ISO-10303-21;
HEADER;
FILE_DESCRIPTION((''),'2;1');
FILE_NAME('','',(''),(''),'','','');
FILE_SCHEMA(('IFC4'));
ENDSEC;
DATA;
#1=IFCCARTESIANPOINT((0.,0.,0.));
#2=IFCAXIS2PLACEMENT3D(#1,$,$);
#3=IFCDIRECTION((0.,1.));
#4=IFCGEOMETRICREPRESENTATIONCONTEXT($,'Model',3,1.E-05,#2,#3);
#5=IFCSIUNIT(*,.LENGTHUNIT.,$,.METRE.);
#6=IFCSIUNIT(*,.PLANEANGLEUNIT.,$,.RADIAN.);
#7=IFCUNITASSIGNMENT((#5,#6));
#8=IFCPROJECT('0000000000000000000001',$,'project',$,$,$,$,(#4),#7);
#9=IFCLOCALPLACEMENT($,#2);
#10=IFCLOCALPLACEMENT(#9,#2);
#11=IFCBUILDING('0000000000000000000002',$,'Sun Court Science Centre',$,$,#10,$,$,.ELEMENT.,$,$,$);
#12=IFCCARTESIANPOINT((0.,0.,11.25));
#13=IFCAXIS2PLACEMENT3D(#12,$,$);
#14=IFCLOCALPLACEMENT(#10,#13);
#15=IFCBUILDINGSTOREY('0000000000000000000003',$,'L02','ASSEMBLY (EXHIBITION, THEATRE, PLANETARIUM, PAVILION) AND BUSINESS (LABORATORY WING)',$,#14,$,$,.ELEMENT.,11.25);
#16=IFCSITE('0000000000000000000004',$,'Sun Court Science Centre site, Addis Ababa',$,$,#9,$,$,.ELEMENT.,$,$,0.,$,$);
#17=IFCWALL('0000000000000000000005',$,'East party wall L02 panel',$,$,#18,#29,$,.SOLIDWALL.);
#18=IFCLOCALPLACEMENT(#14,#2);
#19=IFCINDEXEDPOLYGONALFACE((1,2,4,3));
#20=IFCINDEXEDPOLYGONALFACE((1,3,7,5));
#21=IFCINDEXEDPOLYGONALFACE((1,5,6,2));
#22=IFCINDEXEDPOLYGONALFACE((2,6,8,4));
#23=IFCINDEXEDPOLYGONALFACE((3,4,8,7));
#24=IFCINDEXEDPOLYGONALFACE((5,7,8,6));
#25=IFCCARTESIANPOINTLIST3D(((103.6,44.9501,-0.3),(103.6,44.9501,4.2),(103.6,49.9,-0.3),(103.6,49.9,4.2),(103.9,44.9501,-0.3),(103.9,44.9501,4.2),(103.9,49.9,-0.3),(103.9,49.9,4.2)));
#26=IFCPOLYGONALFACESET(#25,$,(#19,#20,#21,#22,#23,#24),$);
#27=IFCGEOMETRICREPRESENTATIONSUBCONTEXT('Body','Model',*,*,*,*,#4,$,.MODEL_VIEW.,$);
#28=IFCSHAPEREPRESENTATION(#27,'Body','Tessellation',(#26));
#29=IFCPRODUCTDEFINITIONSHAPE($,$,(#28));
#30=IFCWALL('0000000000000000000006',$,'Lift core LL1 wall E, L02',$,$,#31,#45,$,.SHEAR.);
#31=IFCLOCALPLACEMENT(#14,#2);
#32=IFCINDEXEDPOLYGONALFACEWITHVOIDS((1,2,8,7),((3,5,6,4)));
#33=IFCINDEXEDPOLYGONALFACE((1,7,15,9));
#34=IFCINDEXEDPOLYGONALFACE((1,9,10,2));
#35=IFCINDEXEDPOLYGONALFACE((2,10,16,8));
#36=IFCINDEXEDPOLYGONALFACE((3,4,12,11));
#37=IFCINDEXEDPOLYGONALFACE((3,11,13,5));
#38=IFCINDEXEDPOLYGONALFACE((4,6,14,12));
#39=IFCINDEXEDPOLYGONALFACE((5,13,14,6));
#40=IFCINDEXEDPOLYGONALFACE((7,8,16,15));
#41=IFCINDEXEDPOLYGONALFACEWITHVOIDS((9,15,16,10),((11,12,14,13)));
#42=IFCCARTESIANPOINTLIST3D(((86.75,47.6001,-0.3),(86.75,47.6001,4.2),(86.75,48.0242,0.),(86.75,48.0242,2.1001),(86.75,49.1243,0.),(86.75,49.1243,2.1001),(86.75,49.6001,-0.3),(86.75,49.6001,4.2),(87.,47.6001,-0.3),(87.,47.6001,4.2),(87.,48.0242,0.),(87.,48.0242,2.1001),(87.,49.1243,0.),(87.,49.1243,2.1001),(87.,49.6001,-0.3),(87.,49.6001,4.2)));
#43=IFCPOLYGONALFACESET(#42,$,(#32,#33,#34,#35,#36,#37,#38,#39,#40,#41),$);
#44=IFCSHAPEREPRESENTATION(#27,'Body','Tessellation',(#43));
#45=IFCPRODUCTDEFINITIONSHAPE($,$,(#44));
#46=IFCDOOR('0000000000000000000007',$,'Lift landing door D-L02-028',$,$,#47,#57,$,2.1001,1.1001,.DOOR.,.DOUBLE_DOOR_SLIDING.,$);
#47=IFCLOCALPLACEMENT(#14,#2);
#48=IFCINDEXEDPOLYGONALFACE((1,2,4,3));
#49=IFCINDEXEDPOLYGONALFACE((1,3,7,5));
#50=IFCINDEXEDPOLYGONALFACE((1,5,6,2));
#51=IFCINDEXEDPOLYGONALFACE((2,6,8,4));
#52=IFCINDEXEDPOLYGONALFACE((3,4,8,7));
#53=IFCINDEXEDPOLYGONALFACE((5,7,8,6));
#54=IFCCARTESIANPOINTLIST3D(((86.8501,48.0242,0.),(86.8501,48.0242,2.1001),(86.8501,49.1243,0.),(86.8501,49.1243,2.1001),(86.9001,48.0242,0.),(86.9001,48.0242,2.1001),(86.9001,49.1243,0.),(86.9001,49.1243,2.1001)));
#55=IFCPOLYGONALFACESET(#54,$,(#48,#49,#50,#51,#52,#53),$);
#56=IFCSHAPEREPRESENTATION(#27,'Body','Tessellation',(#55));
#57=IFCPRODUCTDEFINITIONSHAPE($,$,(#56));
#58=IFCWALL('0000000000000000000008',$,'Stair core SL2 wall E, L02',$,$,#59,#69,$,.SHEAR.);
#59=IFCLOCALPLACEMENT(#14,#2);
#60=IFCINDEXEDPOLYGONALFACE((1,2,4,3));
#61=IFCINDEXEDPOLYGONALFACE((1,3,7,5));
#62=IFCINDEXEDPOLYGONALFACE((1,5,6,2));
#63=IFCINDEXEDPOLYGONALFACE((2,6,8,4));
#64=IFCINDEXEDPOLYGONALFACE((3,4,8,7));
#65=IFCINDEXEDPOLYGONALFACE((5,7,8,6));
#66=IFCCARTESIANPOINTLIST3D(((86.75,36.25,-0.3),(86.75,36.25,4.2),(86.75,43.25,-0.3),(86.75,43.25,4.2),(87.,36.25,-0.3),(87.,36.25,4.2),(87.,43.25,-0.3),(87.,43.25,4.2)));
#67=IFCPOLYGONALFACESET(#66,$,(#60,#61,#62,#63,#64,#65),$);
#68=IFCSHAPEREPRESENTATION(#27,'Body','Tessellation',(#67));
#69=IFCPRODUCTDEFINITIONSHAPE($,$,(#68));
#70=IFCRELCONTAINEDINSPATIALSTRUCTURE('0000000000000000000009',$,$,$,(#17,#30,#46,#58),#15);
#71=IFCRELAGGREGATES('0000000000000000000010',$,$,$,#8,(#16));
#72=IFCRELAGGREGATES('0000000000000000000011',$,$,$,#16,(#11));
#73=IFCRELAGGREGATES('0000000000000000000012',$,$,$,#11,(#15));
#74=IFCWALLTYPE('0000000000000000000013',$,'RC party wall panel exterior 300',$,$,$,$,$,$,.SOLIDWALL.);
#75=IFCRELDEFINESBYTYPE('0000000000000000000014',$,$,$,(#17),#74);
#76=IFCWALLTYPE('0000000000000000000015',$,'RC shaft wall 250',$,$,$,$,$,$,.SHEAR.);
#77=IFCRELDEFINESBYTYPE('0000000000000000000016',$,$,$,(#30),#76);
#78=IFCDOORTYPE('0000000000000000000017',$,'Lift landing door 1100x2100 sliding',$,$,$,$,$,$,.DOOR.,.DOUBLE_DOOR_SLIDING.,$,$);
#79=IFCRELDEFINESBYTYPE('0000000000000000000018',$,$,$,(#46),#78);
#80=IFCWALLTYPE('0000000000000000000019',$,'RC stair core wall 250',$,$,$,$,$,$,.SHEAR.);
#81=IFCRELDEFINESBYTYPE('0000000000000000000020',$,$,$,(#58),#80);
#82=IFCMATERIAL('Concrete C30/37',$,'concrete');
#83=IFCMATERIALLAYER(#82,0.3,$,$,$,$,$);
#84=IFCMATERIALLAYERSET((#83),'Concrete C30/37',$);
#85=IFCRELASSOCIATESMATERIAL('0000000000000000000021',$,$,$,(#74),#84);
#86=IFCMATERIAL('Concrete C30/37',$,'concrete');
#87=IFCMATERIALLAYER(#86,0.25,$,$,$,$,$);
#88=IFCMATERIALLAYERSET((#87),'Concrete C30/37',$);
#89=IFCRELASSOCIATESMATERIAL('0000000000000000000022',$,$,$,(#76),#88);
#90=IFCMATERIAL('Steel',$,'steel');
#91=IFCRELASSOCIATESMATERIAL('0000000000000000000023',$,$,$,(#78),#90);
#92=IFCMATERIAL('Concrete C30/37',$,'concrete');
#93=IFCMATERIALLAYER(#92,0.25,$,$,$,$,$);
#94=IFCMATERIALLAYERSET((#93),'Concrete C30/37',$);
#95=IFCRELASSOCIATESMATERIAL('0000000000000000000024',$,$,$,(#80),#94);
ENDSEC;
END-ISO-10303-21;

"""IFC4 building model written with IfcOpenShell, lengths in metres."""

from ifc_helpers import new_model, si_unit, direction, frame, frame_2d, origin, place, context, subcontext, project, spatial, rectangle, extrude, material, layer, layer_set, type_object, element, fill, save


model = new_model("IFC4")

# Units and contexts
model_context = context("Model", 3, precision=1e-05, world=origin(), true_north=direction((0.0, 1.0)))
body_context = subcontext(model_context, "Body", "Model", "MODEL_VIEW")
ifc_project = project(units=[si_unit("LENGTHUNIT", "METRE"), si_unit("PLANEANGLEUNIT", "RADIAN")], contexts=[model_context])

# Site, building, storey
site_placement = place(None, origin())
site = spatial("IfcSite", under=ifc_project, at=site_placement, Name="Sun Court Science Centre site, Addis Ababa", CompositionType="ELEMENT", RefElevation=0.0)
building_placement = place(site_placement, origin())
building = spatial("IfcBuilding", under=site, at=building_placement, Name="Sun Court Science Centre", CompositionType="ELEMENT")
storey_placement = place(building_placement, frame((0.0, 0.0, 11.25)))
storey = spatial("IfcBuildingStorey", under=building, at=storey_placement, Name="L02", Description="ASSEMBLY (EXHIBITION, THEATRE, PLANETARIUM, PAVILION) AND BUSINESS (LABORATORY WING)", CompositionType="ELEMENT", Elevation=11.25)

# Wall
ifc_material_1 = material(Name="Concrete C30/37", Category="concrete")
ifc_layer_1 = layer(ifc_material_1, 0.3)
ifc_layer_set_1 = layer_set([ifc_layer_1], Name="Concrete C30/37")
wall_type_1 = type_object("IfcWallType", Name="RC party wall panel exterior 300", PredefinedType="SOLIDWALL", material=ifc_layer_set_1)
wall_1_placement = place(storey_placement, frame((103.75, 44.95, -0.3), z_axis=(0.0, 0.0, 1.0), x_axis=(0.0, 1.0, 0.0)))
element("IfcWall", 1, at=wall_1_placement, inside=storey, type_object=wall_type_1, Name="East party wall L02 panel", PredefinedType="SOLIDWALL", context=body_context, shape_type="SweptSolid", body=[
    extrude(rectangle(XDim=4.95, YDim=0.3, at=frame_2d((2.4751, 0.0))), origin(), (0.0, 0.0, 1.0), 4.5),
])

# Wall, opening, door
ifc_material_2 = material(Name="Concrete C30/37", Category="concrete")
ifc_layer_2 = layer(ifc_material_2, 0.25)
ifc_layer_set_2 = layer_set([ifc_layer_2], Name="Concrete C30/37")
wall_type_2 = type_object("IfcWallType", Name="RC shaft wall 250", PredefinedType="SHEAR", material=ifc_layer_set_2)
wall_2_placement = place(storey_placement, frame((86.875, 47.6001, -0.3), z_axis=(0.0, 0.0, 1.0), x_axis=(0.0, 1.0, 0.0)))
wall_2 = element("IfcWall", 2, at=wall_2_placement, inside=storey, type_object=wall_type_2, Name="Lift core LL1 wall E, L02", PredefinedType="SHEAR", context=body_context, shape_type="SweptSolid", body=[
    extrude(rectangle(XDim=2.0, YDim=0.25, at=frame_2d((1.0, 0.0))), origin(), (0.0, 0.0, 1.0), 4.5),
])
opening_1_placement = place(wall_2_placement, frame((0.4241, 0.0, 0.3)))
opening_1 = element("IfcOpeningElement", 3, at=opening_1_placement, cuts=wall_2, PredefinedType="OPENING", context=body_context, shape_type="SweptSolid", body=[
    extrude(rectangle(XDim=1.1001, YDim=2.1001, at=frame_2d((0.55, 1.05))), frame((0.0, 0.135, 0.0), z_axis=(0.0, -1.0, 0.0), x_axis=(1.0, 0.0, 0.0)), (0.0, 0.0, 1.0), 0.27),
])
ifc_material_3 = material(Name="Steel", Category="steel")
door_type_1 = type_object("IfcDoorType", Name="Lift landing door 1100x2100 sliding", OperationType="DOUBLE_DOOR_SLIDING", PredefinedType="DOOR", material=ifc_material_3)
door_1_placement = place(opening_1_placement, origin())
door_1 = element("IfcDoor", 4, at=door_1_placement, inside=storey, type_object=door_type_1, Name="Lift landing door D-L02-028", OperationType="DOUBLE_DOOR_SLIDING", OverallHeight=2.1001, OverallWidth=1.1001, PredefinedType="DOOR", context=body_context, shape_type="SweptSolid", body=[
    extrude(rectangle(XDim=1.1001, YDim=2.1001, at=frame_2d((0.55, 1.05))), frame((0.0, 0.0249, 0.0), z_axis=(0.0, -1.0, 0.0), x_axis=(1.0, 0.0, 0.0)), (0.0, 0.0, 1.0), 0.05),
])
fill(opening_1, door_1)

# Wall
ifc_material_4 = material(Name="Concrete C30/37", Category="concrete")
ifc_layer_3 = layer(ifc_material_4, 0.25)
ifc_layer_set_3 = layer_set([ifc_layer_3], Name="Concrete C30/37")
wall_type_3 = type_object("IfcWallType", Name="RC stair core wall 250", PredefinedType="SHEAR", material=ifc_layer_set_3)
wall_3_placement = place(storey_placement, frame((86.875, 36.25, -0.3), z_axis=(0.0, 0.0, 1.0), x_axis=(0.0, 1.0, 0.0)))
element("IfcWall", 5, at=wall_3_placement, inside=storey, type_object=wall_type_3, Name="Stair core SL2 wall E, L02", PredefinedType="SHEAR", context=body_context, shape_type="SweptSolid", body=[
    extrude(rectangle(XDim=7.0, YDim=0.25, at=frame_2d((3.5, 0.0))), origin(), (0.0, 0.0, 1.0), 4.5),
])

save(model, "model.ifc")
